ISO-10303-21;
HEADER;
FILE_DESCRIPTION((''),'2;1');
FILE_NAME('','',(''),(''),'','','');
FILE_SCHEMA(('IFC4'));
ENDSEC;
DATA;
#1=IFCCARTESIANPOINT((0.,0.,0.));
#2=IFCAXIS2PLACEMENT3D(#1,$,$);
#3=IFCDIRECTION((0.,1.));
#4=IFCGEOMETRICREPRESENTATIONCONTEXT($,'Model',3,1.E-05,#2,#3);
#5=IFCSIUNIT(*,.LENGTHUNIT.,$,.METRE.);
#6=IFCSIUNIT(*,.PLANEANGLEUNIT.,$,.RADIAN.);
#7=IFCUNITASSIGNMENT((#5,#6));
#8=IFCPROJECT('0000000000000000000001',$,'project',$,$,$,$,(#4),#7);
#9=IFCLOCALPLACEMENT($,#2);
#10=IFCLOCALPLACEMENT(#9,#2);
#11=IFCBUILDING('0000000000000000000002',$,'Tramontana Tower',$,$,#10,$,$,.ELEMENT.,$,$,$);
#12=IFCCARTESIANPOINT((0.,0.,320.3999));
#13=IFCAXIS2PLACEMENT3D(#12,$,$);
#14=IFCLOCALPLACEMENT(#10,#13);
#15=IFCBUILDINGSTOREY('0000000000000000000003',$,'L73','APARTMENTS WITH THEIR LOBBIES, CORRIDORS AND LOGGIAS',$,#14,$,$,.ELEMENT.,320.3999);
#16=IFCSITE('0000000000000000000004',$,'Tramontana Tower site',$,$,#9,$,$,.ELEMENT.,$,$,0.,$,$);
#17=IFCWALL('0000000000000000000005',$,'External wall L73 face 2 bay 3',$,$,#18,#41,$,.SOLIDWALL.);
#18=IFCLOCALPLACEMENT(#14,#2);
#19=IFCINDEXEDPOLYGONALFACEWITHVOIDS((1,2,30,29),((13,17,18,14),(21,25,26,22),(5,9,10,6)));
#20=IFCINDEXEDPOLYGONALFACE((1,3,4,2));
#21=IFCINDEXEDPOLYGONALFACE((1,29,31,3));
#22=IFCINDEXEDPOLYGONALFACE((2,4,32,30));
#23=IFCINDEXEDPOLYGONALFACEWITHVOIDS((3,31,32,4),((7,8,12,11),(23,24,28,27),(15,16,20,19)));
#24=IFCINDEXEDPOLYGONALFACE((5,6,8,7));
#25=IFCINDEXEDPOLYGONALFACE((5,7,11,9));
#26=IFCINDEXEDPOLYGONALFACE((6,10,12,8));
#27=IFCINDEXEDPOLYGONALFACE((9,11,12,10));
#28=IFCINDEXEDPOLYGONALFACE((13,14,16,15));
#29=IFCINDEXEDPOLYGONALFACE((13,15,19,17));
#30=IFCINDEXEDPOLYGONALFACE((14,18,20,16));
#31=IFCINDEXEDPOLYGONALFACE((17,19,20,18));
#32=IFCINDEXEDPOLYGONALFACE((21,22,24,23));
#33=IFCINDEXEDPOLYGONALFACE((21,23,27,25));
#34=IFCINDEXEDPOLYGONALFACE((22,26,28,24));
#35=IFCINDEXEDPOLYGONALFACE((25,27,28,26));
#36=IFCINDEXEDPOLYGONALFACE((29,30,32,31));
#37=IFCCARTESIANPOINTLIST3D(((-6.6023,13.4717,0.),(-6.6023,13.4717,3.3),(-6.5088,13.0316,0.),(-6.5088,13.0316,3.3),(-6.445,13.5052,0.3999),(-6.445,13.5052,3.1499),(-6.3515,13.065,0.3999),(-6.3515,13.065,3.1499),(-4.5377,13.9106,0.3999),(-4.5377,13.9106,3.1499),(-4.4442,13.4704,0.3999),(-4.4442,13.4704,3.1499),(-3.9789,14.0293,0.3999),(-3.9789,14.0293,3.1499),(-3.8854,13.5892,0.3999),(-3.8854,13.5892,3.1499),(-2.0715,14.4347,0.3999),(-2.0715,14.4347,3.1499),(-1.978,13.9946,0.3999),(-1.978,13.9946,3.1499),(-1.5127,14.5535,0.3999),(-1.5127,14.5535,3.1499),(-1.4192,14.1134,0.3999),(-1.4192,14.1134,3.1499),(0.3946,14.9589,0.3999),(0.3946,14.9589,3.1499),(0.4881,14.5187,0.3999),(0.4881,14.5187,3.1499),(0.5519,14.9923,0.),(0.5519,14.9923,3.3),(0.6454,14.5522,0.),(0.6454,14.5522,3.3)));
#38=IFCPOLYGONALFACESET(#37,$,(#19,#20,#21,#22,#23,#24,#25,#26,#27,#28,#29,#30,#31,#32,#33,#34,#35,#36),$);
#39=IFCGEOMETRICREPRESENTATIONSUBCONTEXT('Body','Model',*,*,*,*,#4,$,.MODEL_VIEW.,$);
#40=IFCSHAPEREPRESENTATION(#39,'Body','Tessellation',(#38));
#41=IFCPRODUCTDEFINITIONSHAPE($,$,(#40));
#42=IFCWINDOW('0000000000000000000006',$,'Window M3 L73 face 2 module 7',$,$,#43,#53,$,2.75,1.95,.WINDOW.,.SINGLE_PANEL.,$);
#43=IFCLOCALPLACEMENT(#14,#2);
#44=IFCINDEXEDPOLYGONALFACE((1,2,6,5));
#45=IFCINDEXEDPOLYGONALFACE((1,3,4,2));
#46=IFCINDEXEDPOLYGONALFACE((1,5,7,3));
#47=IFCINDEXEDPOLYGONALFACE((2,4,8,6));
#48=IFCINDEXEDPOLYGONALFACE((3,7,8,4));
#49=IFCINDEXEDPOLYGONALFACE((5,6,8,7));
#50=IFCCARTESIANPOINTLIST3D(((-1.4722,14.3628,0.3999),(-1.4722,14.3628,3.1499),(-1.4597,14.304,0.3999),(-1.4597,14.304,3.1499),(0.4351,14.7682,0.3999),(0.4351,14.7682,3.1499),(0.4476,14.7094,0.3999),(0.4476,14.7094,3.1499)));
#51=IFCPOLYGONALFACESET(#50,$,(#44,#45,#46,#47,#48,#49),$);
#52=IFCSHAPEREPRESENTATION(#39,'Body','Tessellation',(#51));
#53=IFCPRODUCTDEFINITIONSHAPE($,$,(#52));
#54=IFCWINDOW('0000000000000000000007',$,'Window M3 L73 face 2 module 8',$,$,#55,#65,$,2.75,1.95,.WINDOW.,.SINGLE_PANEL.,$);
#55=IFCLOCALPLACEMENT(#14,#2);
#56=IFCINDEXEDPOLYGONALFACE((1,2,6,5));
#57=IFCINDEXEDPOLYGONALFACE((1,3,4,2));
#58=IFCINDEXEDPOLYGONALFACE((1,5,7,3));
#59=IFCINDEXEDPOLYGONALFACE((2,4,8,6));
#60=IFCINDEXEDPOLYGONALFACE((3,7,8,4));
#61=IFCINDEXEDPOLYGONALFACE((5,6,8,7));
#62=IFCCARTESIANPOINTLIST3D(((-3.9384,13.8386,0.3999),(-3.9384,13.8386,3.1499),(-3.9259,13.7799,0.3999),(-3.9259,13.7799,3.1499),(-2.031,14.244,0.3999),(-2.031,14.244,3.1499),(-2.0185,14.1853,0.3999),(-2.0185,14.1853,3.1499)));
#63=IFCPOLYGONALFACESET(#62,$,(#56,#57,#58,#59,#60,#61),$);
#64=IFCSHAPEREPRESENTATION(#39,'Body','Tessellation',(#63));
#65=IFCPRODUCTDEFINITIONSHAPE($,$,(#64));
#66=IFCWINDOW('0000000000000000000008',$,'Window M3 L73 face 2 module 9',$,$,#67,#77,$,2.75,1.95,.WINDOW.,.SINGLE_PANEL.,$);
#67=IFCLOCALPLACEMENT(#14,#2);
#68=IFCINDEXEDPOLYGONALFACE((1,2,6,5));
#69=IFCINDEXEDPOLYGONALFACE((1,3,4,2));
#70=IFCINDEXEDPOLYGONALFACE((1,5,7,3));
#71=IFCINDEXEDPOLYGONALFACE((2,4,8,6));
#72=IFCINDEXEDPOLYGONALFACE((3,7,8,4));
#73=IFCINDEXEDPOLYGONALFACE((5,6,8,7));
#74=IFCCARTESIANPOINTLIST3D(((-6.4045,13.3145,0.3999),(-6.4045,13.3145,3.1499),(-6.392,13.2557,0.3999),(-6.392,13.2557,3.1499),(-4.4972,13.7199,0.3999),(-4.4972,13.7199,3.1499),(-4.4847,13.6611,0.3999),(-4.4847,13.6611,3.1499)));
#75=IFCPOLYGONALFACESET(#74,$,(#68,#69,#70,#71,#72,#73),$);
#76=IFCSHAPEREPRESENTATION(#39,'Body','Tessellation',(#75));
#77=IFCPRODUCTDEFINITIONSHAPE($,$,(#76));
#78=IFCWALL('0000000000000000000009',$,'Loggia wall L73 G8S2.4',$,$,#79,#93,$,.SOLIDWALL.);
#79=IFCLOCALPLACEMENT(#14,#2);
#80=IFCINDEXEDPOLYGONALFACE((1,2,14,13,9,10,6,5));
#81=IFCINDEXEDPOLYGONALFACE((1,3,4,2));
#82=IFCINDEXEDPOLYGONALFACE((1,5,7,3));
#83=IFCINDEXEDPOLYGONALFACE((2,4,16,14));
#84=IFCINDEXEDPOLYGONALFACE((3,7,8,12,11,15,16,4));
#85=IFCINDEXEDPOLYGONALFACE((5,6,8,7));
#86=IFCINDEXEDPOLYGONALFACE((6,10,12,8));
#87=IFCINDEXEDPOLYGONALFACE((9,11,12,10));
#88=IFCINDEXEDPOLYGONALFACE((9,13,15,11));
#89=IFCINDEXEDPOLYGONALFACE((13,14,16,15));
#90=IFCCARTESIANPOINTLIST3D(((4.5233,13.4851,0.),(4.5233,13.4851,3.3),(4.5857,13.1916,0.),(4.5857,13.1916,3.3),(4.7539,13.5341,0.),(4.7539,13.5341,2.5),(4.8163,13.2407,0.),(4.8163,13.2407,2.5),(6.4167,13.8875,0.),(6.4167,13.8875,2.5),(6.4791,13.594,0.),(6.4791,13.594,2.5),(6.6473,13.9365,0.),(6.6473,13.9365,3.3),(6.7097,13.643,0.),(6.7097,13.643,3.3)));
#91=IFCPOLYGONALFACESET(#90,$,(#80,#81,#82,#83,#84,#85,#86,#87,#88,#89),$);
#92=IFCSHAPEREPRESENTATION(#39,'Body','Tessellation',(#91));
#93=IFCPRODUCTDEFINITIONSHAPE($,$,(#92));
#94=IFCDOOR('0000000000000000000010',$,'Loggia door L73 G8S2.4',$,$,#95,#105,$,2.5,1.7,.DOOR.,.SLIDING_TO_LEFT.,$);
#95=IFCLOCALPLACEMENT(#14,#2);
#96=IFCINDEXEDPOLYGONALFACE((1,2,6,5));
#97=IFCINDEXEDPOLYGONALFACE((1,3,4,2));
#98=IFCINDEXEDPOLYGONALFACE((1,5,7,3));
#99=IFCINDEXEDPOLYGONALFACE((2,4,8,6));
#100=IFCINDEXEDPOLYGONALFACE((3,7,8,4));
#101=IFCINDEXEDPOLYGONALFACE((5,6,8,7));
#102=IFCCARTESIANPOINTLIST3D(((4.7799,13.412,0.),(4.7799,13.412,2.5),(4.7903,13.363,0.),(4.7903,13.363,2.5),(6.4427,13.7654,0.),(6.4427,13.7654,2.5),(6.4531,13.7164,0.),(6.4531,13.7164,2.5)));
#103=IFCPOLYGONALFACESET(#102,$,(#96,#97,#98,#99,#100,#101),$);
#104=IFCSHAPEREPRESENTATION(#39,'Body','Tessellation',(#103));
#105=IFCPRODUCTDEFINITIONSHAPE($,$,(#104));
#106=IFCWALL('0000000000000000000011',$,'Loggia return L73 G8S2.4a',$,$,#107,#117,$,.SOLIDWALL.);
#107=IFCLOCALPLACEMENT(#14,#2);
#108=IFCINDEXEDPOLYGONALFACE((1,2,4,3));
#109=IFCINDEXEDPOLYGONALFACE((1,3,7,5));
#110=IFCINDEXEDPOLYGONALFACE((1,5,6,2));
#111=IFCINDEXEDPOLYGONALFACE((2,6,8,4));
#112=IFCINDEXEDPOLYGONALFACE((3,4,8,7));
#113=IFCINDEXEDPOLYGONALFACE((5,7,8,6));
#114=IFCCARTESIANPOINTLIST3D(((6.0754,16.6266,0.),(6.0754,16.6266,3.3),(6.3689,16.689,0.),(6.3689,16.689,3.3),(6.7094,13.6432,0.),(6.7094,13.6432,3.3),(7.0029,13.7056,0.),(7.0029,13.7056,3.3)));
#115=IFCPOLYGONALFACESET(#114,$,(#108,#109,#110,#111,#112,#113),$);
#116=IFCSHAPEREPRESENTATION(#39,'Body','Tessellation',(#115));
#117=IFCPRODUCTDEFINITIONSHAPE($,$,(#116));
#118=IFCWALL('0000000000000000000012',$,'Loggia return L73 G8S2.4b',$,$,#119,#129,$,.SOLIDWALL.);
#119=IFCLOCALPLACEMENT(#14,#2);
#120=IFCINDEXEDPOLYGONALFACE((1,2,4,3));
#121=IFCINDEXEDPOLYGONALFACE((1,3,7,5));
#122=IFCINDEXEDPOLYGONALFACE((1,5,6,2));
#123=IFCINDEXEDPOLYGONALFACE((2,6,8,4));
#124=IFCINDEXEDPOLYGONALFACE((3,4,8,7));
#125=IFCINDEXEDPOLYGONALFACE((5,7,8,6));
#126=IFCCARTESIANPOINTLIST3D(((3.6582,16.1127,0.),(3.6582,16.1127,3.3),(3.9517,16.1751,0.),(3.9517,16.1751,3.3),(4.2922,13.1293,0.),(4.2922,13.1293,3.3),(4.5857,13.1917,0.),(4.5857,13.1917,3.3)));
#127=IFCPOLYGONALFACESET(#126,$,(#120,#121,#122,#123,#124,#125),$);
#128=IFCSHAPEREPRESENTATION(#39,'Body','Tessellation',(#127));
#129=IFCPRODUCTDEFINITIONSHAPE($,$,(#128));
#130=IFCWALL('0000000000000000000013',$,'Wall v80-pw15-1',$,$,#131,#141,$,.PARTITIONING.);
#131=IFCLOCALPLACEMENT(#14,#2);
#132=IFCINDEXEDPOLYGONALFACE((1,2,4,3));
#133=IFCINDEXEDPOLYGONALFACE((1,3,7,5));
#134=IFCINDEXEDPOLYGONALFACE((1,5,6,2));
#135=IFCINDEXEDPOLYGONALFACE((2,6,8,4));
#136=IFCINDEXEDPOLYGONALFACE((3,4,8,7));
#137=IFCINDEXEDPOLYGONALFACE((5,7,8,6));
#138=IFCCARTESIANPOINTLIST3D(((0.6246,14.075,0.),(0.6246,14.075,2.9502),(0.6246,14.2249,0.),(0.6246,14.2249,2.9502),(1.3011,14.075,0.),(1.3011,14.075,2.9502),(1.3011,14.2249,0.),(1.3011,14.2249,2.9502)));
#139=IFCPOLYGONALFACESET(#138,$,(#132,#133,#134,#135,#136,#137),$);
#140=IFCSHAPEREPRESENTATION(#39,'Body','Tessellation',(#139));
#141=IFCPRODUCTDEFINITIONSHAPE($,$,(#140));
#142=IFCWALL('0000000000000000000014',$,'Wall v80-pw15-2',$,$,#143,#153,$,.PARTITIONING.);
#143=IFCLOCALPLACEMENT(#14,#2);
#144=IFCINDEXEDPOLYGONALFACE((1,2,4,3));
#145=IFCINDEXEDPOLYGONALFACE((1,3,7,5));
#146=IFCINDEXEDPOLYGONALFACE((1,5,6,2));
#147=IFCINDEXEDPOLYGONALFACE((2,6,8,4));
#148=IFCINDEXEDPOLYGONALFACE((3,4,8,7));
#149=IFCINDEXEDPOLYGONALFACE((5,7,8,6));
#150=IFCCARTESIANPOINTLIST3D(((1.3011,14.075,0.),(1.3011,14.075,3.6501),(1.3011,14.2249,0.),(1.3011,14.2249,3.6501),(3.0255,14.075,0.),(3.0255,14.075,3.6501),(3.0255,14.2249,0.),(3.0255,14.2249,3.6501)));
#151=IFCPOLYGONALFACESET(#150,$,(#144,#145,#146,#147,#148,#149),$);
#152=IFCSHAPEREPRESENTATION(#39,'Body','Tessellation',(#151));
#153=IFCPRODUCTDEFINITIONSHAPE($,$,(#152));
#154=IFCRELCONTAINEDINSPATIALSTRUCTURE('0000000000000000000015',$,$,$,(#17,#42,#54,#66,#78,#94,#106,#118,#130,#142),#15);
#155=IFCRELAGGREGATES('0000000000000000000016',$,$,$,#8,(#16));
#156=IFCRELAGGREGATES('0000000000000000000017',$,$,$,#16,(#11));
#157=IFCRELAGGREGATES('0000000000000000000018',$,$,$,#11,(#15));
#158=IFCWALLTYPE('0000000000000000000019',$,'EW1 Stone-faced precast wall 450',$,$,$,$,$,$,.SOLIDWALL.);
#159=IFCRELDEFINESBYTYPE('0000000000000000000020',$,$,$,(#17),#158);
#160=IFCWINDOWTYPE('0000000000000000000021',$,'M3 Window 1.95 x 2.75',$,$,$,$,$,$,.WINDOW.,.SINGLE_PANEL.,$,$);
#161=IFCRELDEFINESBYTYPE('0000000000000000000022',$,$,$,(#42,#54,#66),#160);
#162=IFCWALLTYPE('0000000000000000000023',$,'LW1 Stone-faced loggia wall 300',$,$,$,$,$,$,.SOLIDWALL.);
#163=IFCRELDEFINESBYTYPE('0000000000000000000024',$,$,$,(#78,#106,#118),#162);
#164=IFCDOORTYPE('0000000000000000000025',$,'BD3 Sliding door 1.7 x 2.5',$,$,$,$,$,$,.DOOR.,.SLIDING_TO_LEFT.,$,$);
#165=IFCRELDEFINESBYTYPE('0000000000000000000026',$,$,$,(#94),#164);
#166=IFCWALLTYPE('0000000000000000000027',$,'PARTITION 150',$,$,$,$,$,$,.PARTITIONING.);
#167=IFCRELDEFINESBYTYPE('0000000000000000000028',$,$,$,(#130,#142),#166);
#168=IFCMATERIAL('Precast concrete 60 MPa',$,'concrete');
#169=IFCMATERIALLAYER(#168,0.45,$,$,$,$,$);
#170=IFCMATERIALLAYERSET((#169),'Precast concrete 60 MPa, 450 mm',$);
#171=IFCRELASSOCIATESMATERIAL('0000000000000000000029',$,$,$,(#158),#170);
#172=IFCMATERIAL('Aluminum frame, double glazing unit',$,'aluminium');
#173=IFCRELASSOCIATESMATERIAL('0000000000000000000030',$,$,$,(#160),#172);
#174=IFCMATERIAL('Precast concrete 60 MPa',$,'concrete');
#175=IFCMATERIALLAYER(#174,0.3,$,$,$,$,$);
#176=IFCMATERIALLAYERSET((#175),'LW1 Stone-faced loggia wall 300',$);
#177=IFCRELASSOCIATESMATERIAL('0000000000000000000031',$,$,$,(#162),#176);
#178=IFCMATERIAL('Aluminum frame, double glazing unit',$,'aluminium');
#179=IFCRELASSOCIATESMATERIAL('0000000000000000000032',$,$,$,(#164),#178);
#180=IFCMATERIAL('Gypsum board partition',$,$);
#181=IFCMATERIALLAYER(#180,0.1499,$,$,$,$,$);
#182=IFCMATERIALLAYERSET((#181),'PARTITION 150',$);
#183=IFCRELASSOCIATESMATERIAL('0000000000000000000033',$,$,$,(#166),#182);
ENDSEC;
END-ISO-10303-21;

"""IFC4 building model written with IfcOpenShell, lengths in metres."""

from ifc_helpers import new_model, si_unit, direction, frame, frame_2d, origin, place, context, subcontext, project, spatial, rectangle, extrude, material, layer, layer_set, type_object, element, fill, save


model = new_model("IFC4")

# Units and contexts
model_context = context("Model", 3, precision=1e-05, world=origin(), true_north=direction((0.0, 1.0)))
body_context = subcontext(model_context, "Body", "Model", "MODEL_VIEW")
ifc_project = project(units=[si_unit("LENGTHUNIT", "METRE"), si_unit("PLANEANGLEUNIT", "RADIAN")], contexts=[model_context])

# Site, building, storey
site_placement = place(None, origin())
site = spatial("IfcSite", under=ifc_project, at=site_placement, Name="Tramontana Tower site", CompositionType="ELEMENT", RefElevation=0.0)
building_placement = place(site_placement, origin())
building = spatial("IfcBuilding", under=site, at=building_placement, Name="Tramontana Tower", CompositionType="ELEMENT")
storey_placement = place(building_placement, frame((0.0, 0.0, 320.3999)))
storey = spatial("IfcBuildingStorey", under=building, at=storey_placement, Name="L73", Description="APARTMENTS WITH THEIR LOBBIES, CORRIDORS AND LOGGIAS", CompositionType="ELEMENT", Elevation=320.3999)

# Shared definitions
ifc_material_1 = material(Name="Precast concrete 60 MPa", Category="concrete")
ifc_layer_1 = layer(ifc_material_1, 0.45)
ifc_layer_set_1 = layer_set([ifc_layer_1], Name="Precast concrete 60 MPa, 450 mm")
wall_type_1 = type_object("IfcWallType", Name="EW1 Stone-faced precast wall 450", PredefinedType="SOLIDWALL", material=ifc_layer_set_1)
ifc_material_2 = material(Name="Aluminum frame, double glazing unit", Category="aluminium")
window_type_1 = type_object("IfcWindowType", Name="M3 Window 1.95 x 2.75", PartitioningType="SINGLE_PANEL", PredefinedType="WINDOW", material=ifc_material_2)

# Wall, openings, windows
wall_1_placement = place(storey_placement, frame((0.5986, 14.7722, 0.0), z_axis=(0.0, 0.0, 1.0), x_axis=(-0.978151, -0.207894, 0.0)))
wall_1 = element("IfcWall", 1, at=wall_1_placement, inside=storey, type_object=wall_type_1, Name="External wall L73 face 2 bay 3", PredefinedType="SOLIDWALL", context=body_context, shape_type="SweptSolid", body=[
    extrude(rectangle(XDim=7.314, YDim=0.45, at=frame_2d((3.657, 0.0))), origin(), (0.0, 0.0, 1.0), 3.3),
])
opening_1_placement = place(wall_1_placement, frame((0.1606, 0.0, 0.3999)))
opening_1 = element("IfcOpeningElement", 2, at=opening_1_placement, cuts=wall_1, PredefinedType="OPENING", context=body_context, shape_type="SweptSolid", body=[
    extrude(rectangle(XDim=1.95, YDim=2.75, at=frame_2d((0.9751, 1.375))), frame((0.0, 0.2349, 0.0), z_axis=(0.0, -1.0, 0.0), x_axis=(1.0, 0.0, 0.0)), (0.0, 0.0, 1.0), 0.47),
])
opening_2_placement = place(wall_1_placement, frame((2.6819, 0.0, 0.3999)))
opening_2 = element("IfcOpeningElement", 3, at=opening_2_placement, cuts=wall_1, PredefinedType="OPENING", context=body_context, shape_type="SweptSolid", body=[
    extrude(rectangle(XDim=1.95, YDim=2.75, at=frame_2d((0.9751, 1.375))), frame((0.0, 0.2349, 0.0), z_axis=(0.0, -1.0, 0.0), x_axis=(1.0, 0.0, 0.0)), (0.0, 0.0, 1.0), 0.47),
])
opening_3_placement = place(wall_1_placement, frame((5.2031, 0.0, 0.3999)))
opening_3 = element("IfcOpeningElement", 4, at=opening_3_placement, cuts=wall_1, PredefinedType="OPENING", context=body_context, shape_type="SweptSolid", body=[
    extrude(rectangle(XDim=1.95, YDim=2.75, at=frame_2d((0.9751, 1.375))), frame((0.0, 0.2349, 0.0), z_axis=(0.0, -1.0, 0.0), x_axis=(1.0, 0.0, 0.0)), (0.0, 0.0, 1.0), 0.47),
])
window_1_placement = place(opening_1_placement, origin())
window_1 = element("IfcWindow", 5, at=window_1_placement, inside=storey, type_object=window_type_1, Name="Window M3 L73 face 2 module 7", OverallHeight=2.75, OverallWidth=1.95, PartitioningType="SINGLE_PANEL", PredefinedType="WINDOW", context=body_context, shape_type="SweptSolid", body=[
    extrude(rectangle(XDim=1.95, YDim=2.75, at=frame_2d((0.9751, 1.375))), frame((0.0, 0.03, 0.0), z_axis=(0.0, -1.0, 0.0), x_axis=(1.0, 0.0, 0.0)), (0.0, 0.0, 1.0), 0.0601),
])
fill(opening_1, window_1)
window_2_placement = place(opening_2_placement, origin())
window_2 = element("IfcWindow", 6, at=window_2_placement, inside=storey, type_object=window_type_1, Name="Window M3 L73 face 2 module 8", OverallHeight=2.75, OverallWidth=1.95, PartitioningType="SINGLE_PANEL", PredefinedType="WINDOW", context=body_context, shape_type="SweptSolid", body=[
    extrude(rectangle(XDim=1.95, YDim=2.75, at=frame_2d((0.9751, 1.375))), frame((0.0, 0.03, 0.0), z_axis=(0.0, -1.0, 0.0), x_axis=(1.0, 0.0, 0.0)), (0.0, 0.0, 1.0), 0.0601),
])
fill(opening_2, window_2)
window_3_placement = place(opening_3_placement, origin())
window_3 = element("IfcWindow", 7, at=window_3_placement, inside=storey, type_object=window_type_1, Name="Window M3 L73 face 2 module 9", OverallHeight=2.75, OverallWidth=1.95, PartitioningType="SINGLE_PANEL", PredefinedType="WINDOW", context=body_context, shape_type="SweptSolid", body=[
    extrude(rectangle(XDim=1.95, YDim=2.75, at=frame_2d((0.9751, 1.375))), frame((0.0, 0.03, 0.0), z_axis=(0.0, -1.0, 0.0), x_axis=(1.0, 0.0, 0.0)), (0.0, 0.0, 1.0), 0.0601),
])
fill(opening_3, window_3)

# Wall, opening, door
ifc_material_3 = material(Name="Precast concrete 60 MPa", Category="concrete")
ifc_layer_2 = layer(ifc_material_3, 0.3)
ifc_layer_set_2 = layer_set([ifc_layer_2], Name="LW1 Stone-faced loggia wall 300")
wall_type_2 = type_object("IfcWallType", Name="LW1 Stone-faced loggia wall 300", PredefinedType="SOLIDWALL", material=ifc_layer_set_2)
wall_2_placement = place(storey_placement, frame((6.6785, 13.7898, 0.0), z_axis=(0.0, 0.0, 1.0), x_axis=(-0.978153, -0.207886, 0.0)))
wall_2 = element("IfcWall", 8, at=wall_2_placement, inside=storey, type_object=wall_type_2, Name="Loggia wall L73 G8S2.4", PredefinedType="SOLIDWALL", context=body_context, shape_type="SweptSolid", body=[
    extrude(rectangle(XDim=2.1714, YDim=0.3, at=frame_2d((1.0857, 0.0))), origin(), (0.0, 0.0, 1.0), 3.3),
])
opening_4_placement = place(wall_2_placement, frame((0.2356, 0.0, 0.0)))
opening_4 = element("IfcOpeningElement", 9, at=opening_4_placement, cuts=wall_2, PredefinedType="OPENING", context=body_context, shape_type="SweptSolid", body=[
    extrude(rectangle(XDim=1.7, YDim=2.5, at=frame_2d((0.8501, 1.25))), frame((0.0, 0.1599, 0.0), z_axis=(0.0, -1.0, 0.0), x_axis=(1.0, 0.0, 0.0)), (0.0, 0.0, 1.0), 0.3201),
])
ifc_material_4 = material(Name="Aluminum frame, double glazing unit", Category="aluminium")
door_type_1 = type_object("IfcDoorType", Name="BD3 Sliding door 1.7 x 2.5", OperationType="SLIDING_TO_LEFT", PredefinedType="DOOR", material=ifc_material_4)
door_1_placement = place(opening_4_placement, origin())
door_1 = element("IfcDoor", 10, at=door_1_placement, inside=storey, type_object=door_type_1, Name="Loggia door L73 G8S2.4", OperationType="SLIDING_TO_LEFT", OverallHeight=2.5, OverallWidth=1.7, PredefinedType="DOOR", context=body_context, shape_type="SweptSolid", body=[
    extrude(rectangle(XDim=1.7, YDim=2.5, at=frame_2d((0.8501, 1.25))), frame((0.0, 0.0249, 0.0), z_axis=(0.0, -1.0, 0.0), x_axis=(1.0, 0.0, 0.0)), (0.0, 0.0, 1.0), 0.05),
])
fill(opening_4, door_1)

# Walls
for number, where, z_axis, x_axis, name in (
    (11, (6.2222, 16.6577, 0.0), (0.0, 0.0, 1.0), (0.207878, -0.978155, 0.0), "Loggia return L73 G8S2.4a"),
    (12, (3.8049, 16.1438, 0.0), (0.0, 0.0, 1.0), (0.207878, -0.978155, 0.0), "Loggia return L73 G8S2.4b"),
):
    element("IfcWall", number, at=place(storey_placement, frame(where, z_axis=z_axis, x_axis=x_axis)), inside=storey, type_object=wall_type_2, Name=name, PredefinedType="SOLIDWALL", context=body_context, shape_type="SweptSolid", body=[
        extrude(rectangle(XDim=3.05, YDim=0.3, at=frame_2d((1.5249, 0.0))), origin(), (0.0, 0.0, 1.0), 3.3),
    ])
ifc_material_5 = material(Name="Gypsum board partition")
ifc_layer_3 = layer(ifc_material_5, 0.1499)
ifc_layer_set_3 = layer_set([ifc_layer_3], Name="PARTITION 150")
wall_type_3 = type_object("IfcWallType", Name="PARTITION 150", PredefinedType="PARTITIONING", material=ifc_layer_set_3)
wall_3_placement = place(storey_placement, frame((0.6245, 14.1499, 0.0), z_axis=(0.0, 0.0, 1.0), x_axis=(1.0, 0.0, 0.0)))
element("IfcWall", 13, at=wall_3_placement, inside=storey, type_object=wall_type_3, Name="Wall v80-pw15-1", PredefinedType="PARTITIONING", context=body_context, shape_type="SweptSolid", body=[
    extrude(rectangle(XDim=0.6765, YDim=0.1499, at=frame_2d((0.3384, 0.0))), origin(), (0.0, 0.0, 1.0), 2.9502),
])
wall_4_placement = place(storey_placement, frame((1.301, 14.1499, 0.0), z_axis=(0.0, 0.0, 1.0), x_axis=(1.0, 0.0, 0.0)))
element("IfcWall", 14, at=wall_4_placement, inside=storey, type_object=wall_type_3, Name="Wall v80-pw15-2", PredefinedType="PARTITIONING", context=body_context, shape_type="SweptSolid", body=[
    extrude(rectangle(XDim=1.7244, YDim=0.1499, at=frame_2d((0.8623, 0.0))), origin(), (0.0, 0.0, 1.0), 3.6501),
])

save(model, "model.ifc")
